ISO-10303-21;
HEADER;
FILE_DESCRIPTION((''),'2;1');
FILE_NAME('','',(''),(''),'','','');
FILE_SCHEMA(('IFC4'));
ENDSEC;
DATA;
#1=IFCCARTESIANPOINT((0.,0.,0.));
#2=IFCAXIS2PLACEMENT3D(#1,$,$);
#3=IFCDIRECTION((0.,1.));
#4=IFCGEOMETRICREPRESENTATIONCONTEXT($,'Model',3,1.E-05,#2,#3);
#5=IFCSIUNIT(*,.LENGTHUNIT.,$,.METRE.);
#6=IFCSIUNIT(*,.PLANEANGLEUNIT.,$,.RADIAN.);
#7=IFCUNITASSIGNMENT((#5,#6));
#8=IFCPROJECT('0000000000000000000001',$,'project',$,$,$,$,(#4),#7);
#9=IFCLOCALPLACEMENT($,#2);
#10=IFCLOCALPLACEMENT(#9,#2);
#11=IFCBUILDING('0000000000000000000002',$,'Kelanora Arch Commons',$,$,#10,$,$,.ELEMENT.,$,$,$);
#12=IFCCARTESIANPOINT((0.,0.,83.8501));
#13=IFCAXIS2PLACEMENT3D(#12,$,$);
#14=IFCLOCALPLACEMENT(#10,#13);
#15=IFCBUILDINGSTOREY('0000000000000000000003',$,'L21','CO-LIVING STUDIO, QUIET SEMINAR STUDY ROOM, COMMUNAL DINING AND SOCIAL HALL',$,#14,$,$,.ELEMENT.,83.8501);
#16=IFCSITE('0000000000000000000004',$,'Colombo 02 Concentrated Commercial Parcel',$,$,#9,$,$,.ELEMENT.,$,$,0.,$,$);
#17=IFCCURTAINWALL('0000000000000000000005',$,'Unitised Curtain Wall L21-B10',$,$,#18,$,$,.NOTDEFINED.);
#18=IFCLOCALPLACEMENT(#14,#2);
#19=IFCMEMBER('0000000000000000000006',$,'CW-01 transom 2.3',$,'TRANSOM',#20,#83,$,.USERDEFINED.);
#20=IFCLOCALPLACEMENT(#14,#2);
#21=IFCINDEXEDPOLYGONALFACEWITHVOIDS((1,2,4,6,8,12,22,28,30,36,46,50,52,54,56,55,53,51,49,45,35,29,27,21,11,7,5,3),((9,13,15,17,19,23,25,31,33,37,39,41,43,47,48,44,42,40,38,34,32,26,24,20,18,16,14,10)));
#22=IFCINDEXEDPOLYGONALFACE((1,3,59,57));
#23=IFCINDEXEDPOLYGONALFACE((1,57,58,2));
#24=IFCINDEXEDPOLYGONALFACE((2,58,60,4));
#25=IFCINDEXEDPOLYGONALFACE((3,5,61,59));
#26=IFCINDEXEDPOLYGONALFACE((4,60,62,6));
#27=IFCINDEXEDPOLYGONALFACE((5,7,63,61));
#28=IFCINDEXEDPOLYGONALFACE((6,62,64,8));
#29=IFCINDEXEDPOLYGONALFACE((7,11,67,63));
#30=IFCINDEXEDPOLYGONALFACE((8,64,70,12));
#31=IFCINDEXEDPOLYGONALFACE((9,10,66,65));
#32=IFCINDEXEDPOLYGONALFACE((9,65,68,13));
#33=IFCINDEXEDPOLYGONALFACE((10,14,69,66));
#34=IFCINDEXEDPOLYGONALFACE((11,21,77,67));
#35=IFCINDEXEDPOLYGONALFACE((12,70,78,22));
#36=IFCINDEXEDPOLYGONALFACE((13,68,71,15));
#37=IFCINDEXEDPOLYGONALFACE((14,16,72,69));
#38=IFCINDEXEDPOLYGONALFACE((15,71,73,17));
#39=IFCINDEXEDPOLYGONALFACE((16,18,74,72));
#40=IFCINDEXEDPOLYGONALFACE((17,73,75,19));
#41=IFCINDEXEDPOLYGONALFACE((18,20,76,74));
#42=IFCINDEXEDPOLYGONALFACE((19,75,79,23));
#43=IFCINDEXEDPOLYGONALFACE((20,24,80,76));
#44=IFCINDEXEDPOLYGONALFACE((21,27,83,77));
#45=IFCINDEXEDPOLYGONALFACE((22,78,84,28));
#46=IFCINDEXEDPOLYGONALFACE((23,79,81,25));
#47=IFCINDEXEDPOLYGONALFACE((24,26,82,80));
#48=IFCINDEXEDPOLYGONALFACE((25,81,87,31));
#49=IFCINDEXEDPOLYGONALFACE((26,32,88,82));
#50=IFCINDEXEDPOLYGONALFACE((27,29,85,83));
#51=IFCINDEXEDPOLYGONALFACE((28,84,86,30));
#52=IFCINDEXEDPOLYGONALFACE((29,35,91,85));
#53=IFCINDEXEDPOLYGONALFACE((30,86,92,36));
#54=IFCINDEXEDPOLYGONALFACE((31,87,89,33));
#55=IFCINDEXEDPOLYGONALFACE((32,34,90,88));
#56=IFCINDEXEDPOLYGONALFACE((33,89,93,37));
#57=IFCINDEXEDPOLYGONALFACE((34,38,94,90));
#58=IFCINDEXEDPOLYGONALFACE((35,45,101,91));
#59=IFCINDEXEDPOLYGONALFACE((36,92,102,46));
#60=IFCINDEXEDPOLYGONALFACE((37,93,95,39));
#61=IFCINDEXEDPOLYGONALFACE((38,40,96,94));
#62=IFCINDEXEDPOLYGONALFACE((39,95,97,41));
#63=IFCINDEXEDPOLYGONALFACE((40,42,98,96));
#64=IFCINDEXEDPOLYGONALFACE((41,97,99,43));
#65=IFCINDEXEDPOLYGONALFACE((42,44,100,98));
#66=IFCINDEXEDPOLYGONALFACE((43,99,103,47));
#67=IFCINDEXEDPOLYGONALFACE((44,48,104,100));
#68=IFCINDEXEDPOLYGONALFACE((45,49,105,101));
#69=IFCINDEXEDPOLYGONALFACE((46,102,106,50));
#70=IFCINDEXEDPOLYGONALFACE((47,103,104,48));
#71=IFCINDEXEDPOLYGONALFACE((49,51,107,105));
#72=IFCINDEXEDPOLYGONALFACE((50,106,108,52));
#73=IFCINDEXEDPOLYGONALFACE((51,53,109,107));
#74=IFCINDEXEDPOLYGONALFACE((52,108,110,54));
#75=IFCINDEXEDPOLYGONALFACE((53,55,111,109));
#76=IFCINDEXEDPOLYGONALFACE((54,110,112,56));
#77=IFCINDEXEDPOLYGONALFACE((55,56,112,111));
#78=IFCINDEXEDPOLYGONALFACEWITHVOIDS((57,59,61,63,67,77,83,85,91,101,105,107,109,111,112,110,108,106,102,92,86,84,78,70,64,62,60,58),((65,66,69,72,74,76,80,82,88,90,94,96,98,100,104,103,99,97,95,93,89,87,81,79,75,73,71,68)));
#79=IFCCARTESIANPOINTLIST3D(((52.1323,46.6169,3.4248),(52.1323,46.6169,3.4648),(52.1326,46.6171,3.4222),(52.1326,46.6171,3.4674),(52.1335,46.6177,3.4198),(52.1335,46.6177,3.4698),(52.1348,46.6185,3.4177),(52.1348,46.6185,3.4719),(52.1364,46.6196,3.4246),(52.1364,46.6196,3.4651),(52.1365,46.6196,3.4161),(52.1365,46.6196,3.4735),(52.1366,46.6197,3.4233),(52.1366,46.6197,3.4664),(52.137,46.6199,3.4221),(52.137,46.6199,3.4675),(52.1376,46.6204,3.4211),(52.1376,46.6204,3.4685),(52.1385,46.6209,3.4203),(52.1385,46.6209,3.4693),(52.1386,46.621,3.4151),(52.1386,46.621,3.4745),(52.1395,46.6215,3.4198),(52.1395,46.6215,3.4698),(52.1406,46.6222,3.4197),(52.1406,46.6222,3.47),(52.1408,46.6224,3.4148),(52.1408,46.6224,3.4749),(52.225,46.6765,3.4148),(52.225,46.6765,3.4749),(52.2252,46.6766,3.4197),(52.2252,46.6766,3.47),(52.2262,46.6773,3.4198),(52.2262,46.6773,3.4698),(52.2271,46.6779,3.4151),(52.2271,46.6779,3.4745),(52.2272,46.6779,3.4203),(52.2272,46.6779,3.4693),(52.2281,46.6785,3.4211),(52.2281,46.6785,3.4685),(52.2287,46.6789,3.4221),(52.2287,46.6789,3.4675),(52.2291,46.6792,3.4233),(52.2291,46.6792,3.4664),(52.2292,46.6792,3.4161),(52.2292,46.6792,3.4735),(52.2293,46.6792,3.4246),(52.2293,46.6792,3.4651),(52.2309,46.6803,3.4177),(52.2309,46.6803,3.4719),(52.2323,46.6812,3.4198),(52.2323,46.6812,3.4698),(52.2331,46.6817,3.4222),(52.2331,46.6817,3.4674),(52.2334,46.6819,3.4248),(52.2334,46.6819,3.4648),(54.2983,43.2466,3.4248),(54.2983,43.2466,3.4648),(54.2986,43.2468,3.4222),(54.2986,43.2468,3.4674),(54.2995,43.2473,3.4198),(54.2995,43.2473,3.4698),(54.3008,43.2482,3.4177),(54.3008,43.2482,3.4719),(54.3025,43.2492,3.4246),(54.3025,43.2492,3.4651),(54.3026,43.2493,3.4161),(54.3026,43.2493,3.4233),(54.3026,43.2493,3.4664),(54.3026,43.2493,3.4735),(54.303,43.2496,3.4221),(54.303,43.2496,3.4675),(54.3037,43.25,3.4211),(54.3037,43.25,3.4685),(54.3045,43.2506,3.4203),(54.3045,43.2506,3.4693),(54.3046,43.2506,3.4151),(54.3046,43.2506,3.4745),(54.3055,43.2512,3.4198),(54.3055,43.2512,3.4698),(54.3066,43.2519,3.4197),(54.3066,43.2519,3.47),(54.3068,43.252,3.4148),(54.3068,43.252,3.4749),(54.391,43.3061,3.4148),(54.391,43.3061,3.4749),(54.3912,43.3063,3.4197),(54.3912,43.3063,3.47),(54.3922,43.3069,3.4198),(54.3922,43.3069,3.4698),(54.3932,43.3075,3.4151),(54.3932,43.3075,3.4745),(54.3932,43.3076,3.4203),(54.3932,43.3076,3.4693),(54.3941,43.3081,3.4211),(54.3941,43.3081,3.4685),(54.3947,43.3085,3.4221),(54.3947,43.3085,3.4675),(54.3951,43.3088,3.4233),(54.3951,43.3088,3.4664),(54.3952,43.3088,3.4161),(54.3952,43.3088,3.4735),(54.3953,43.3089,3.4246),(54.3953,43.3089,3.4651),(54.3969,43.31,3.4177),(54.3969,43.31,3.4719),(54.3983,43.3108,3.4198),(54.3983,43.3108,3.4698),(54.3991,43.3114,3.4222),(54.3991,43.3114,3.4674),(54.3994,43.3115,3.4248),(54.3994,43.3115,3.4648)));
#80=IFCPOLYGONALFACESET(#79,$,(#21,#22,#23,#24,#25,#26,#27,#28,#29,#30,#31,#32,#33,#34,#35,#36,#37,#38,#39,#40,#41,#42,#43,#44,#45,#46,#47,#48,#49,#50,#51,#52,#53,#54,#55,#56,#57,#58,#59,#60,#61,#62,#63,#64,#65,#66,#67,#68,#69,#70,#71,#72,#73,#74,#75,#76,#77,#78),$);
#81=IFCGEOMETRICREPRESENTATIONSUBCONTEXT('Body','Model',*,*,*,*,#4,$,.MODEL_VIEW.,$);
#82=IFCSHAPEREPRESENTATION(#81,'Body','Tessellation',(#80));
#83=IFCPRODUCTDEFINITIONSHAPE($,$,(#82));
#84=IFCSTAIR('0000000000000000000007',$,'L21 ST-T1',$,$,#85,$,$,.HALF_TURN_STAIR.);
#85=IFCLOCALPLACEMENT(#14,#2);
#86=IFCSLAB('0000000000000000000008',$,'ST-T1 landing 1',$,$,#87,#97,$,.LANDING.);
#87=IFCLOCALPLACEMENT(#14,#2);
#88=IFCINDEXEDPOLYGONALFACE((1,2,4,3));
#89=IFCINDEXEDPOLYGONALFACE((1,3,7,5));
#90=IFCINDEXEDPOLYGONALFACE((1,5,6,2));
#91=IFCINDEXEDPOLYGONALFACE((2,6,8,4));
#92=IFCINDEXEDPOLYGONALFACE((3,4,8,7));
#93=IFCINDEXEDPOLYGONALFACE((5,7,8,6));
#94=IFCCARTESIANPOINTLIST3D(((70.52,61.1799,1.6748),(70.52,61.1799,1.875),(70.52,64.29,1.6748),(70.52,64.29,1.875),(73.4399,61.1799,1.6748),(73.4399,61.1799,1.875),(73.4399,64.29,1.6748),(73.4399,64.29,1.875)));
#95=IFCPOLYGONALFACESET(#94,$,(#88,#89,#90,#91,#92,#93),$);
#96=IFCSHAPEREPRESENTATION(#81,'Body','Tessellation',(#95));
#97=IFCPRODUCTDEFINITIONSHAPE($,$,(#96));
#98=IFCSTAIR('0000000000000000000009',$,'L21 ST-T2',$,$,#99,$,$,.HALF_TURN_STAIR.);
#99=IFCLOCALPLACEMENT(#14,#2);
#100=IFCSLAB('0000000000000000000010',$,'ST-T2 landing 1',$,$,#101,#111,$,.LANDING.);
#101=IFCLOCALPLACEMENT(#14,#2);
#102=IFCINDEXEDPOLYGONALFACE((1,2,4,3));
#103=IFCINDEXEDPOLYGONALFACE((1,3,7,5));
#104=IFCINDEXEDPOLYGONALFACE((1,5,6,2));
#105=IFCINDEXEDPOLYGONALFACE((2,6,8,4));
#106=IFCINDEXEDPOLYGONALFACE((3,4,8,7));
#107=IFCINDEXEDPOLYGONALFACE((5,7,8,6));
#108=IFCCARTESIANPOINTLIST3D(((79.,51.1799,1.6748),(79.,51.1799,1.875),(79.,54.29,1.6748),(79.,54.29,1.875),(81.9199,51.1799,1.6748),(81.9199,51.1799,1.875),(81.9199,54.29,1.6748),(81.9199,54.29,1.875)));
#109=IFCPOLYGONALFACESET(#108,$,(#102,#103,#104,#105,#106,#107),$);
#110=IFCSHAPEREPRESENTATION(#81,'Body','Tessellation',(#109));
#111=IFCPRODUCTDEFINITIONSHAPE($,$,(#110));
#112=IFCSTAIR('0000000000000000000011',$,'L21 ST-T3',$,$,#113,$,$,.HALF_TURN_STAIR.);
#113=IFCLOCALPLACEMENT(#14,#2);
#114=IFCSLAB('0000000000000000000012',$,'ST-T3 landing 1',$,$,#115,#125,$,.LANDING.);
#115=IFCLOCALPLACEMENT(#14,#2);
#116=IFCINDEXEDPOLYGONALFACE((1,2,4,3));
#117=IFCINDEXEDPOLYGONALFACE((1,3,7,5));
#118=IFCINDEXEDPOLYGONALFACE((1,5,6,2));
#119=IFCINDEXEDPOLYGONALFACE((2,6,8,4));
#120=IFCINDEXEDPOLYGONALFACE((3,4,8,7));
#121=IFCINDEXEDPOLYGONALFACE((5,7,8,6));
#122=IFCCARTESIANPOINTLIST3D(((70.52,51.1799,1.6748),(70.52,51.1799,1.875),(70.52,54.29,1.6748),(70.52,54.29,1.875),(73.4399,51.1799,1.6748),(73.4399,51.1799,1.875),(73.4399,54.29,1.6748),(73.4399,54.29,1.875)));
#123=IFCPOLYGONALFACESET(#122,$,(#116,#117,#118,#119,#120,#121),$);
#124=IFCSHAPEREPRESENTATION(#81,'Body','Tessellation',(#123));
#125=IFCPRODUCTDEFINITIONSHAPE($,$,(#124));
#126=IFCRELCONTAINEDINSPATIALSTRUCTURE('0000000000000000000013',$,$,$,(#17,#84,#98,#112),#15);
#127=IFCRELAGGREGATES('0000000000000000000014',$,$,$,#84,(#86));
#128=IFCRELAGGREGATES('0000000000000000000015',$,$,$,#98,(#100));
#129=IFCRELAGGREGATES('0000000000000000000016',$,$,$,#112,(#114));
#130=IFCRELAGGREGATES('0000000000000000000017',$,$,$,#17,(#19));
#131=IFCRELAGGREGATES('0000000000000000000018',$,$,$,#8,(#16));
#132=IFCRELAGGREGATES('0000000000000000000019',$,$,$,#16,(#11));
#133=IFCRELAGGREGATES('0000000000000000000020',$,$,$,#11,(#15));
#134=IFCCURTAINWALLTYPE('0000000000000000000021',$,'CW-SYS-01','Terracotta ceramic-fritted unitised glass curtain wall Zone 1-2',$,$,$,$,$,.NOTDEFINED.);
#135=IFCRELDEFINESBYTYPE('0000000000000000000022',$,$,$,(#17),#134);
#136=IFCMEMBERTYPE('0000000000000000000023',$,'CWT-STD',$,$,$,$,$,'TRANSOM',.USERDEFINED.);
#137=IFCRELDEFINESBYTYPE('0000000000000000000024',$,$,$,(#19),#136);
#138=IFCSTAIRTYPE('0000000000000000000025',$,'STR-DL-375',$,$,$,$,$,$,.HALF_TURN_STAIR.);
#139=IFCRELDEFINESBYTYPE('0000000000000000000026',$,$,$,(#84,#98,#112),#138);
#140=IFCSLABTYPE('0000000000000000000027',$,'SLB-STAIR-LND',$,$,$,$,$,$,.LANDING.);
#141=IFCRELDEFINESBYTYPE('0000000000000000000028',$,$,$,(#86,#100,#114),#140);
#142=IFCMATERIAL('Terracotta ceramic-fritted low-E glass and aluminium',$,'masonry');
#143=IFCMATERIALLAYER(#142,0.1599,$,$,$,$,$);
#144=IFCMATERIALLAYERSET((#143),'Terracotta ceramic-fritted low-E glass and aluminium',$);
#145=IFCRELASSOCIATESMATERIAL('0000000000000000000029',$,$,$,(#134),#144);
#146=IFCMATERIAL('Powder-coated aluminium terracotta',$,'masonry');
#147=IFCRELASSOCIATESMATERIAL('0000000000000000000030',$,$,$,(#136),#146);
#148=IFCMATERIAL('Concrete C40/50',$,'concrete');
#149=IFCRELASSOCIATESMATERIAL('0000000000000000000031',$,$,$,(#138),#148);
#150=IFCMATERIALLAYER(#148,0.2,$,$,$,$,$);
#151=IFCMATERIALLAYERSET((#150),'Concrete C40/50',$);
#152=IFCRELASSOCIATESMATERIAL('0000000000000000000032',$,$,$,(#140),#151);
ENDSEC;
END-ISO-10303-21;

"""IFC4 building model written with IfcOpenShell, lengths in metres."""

from ifc_helpers import new_model, si_unit, direction, frame, origin, origin_2d, place, context, subcontext, project, spatial, polyline, hollow_rectangle, outline, extrude, material, layer, layer_set, material_profile, profile_set, type_object, element, aggregate, save


model = new_model("IFC4")

# Units and contexts
model_context = context("Model", 3, precision=1e-05, world=origin(), true_north=direction((0.0, 1.0)))
body_context = subcontext(model_context, "Body", "Model", "MODEL_VIEW")
ifc_project = project(units=[si_unit("LENGTHUNIT", "METRE"), si_unit("PLANEANGLEUNIT", "RADIAN")], contexts=[model_context])

# Site, building, storey
site_placement = place(None, origin())
site = spatial("IfcSite", under=ifc_project, at=site_placement, Name="Colombo 02 Concentrated Commercial Parcel", CompositionType="ELEMENT", RefElevation=0.0)
building_placement = place(site_placement, origin())
building = spatial("IfcBuilding", under=site, at=building_placement, Name="Kelanora Arch Commons", CompositionType="ELEMENT")
storey_placement = place(building_placement, frame((0.0, 0.0, 83.8501)))
storey = spatial("IfcBuildingStorey", under=building, at=storey_placement, Name="L21", Description="CO-LIVING STUDIO, QUIET SEMINAR STUDY ROOM, COMMUNAL DINING AND SOCIAL HALL", CompositionType="ELEMENT", Elevation=83.8501)

# Curtain wall, member
ifc_material_1 = material(Name="Terracotta ceramic-fritted low-E glass and aluminium", Category="masonry")
ifc_layer_1 = layer(ifc_material_1, 0.1599)
ifc_layer_set_1 = layer_set([ifc_layer_1], Name="Terracotta ceramic-fritted low-E glass and aluminium")
curtain_wall_type = type_object("IfcCurtainWallType", Name="CW-SYS-01", Description="Terracotta ceramic-fritted unitised glass curtain wall Zone 1-2", PredefinedType="NOTDEFINED", material=ifc_layer_set_1)
curtain_wall_placement = place(storey_placement, origin())
curtain_wall = element("IfcCurtainWall", 1, at=curtain_wall_placement, inside=storey, type_object=curtain_wall_type, Name="Unitised Curtain Wall L21-B10", PredefinedType="NOTDEFINED")
ifc_material_2 = material(Name="Powder-coated aluminium terracotta", Category="masonry")
ifc_material_profile_1 = material_profile(ifc_material_2, hollow_rectangle(XDim=0.1201, YDim=0.0601, WallThickness=0.0049, InnerFilletRadius=0.0049, OuterFilletRadius=0.01, at=origin_2d()), Name="CWT120x60")
ifc_profile_set_1 = profile_set([ifc_material_profile_1], Name="Powder-coated aluminium terracotta")
member_type_1 = type_object("IfcMemberType", Name="CWT-STD", ElementType="TRANSOM", PredefinedType="USERDEFINED", material=ifc_profile_set_1)
member_1_placement = place(storey_placement, frame((52.1829, 46.6494, 3.4448), z_axis=(0.540644, -0.841252, 0.0), x_axis=(0.841252, 0.540644, 0.0)))
member_1 = element("IfcMember", 2, at=member_1_placement, type_object=member_type_1, Name="CW-01 transom 2.3", ObjectType="TRANSOM", PredefinedType="USERDEFINED", context=body_context, shape_type="SweptSolid", body=[
    extrude(hollow_rectangle(XDim=0.1201, YDim=0.0601, WallThickness=0.0049, InnerFilletRadius=0.0049, OuterFilletRadius=0.01, at=origin_2d()), origin(), (0.0, 0.0, 1.0), 4.0063),
])

# Stairs, slabs
ifc_material_3 = material(Name="Concrete C40/50", Category="concrete")
stair_type = type_object("IfcStairType", Name="STR-DL-375", PredefinedType="HALF_TURN_STAIR", material=ifc_material_3)
stair_1_placement = place(storey_placement, origin())
stair_1 = element("IfcStair", 3, at=stair_1_placement, inside=storey, type_object=stair_type, Name="L21 ST-T1", PredefinedType="HALF_TURN_STAIR")
ifc_layer_2 = layer(ifc_material_3, 0.2)
ifc_layer_set_2 = layer_set([ifc_layer_2], Name="Concrete C40/50")
slab_type_1 = type_object("IfcSlabType", Name="SLB-STAIR-LND", PredefinedType="LANDING", material=ifc_layer_set_2)
slab_1_placement = place(storey_placement, frame((0.0, 0.0, 1.6748)))
slab_1 = element("IfcSlab", 4, at=slab_1_placement, type_object=slab_type_1, Name="ST-T1 landing 1", PredefinedType="LANDING", context=body_context, shape_type="SweptSolid", body=[
    extrude(outline(polyline([(70.52, 61.1799), (73.4399, 61.1799), (73.4399, 64.29), (70.52, 64.29), (70.52, 61.1799)])), origin(), (0.0, 0.0, 1.0), 0.2002),
])
aggregate(stair_1, [slab_1])
stair_2_placement = place(storey_placement, origin())
stair_2 = element("IfcStair", 5, at=stair_2_placement, inside=storey, type_object=stair_type, Name="L21 ST-T2", PredefinedType="HALF_TURN_STAIR")
slab_2_placement = place(storey_placement, frame((0.0, 0.0, 1.6748)))
slab_2 = element("IfcSlab", 6, at=slab_2_placement, type_object=slab_type_1, Name="ST-T2 landing 1", PredefinedType="LANDING", context=body_context, shape_type="SweptSolid", body=[
    extrude(outline(polyline([(79.0, 51.1799), (81.9199, 51.1799), (81.9199, 54.29), (79.0, 54.29), (79.0, 51.1799)])), origin(), (0.0, 0.0, 1.0), 0.2002),
])
aggregate(stair_2, [slab_2])
stair_3_placement = place(storey_placement, origin())
stair_3 = element("IfcStair", 7, at=stair_3_placement, inside=storey, type_object=stair_type, Name="L21 ST-T3", PredefinedType="HALF_TURN_STAIR")
slab_3_placement = place(storey_placement, frame((0.0, 0.0, 1.6748)))
slab_3 = element("IfcSlab", 8, at=slab_3_placement, type_object=slab_type_1, Name="ST-T3 landing 1", PredefinedType="LANDING", context=body_context, shape_type="SweptSolid", body=[
    extrude(outline(polyline([(70.52, 51.1799), (73.4399, 51.1799), (73.4399, 54.29), (70.52, 54.29), (70.52, 51.1799)])), origin(), (0.0, 0.0, 1.0), 0.2002),
])
aggregate(stair_3, [slab_3])

aggregate(curtain_wall, [member_1])

save(model, "model.ifc")
